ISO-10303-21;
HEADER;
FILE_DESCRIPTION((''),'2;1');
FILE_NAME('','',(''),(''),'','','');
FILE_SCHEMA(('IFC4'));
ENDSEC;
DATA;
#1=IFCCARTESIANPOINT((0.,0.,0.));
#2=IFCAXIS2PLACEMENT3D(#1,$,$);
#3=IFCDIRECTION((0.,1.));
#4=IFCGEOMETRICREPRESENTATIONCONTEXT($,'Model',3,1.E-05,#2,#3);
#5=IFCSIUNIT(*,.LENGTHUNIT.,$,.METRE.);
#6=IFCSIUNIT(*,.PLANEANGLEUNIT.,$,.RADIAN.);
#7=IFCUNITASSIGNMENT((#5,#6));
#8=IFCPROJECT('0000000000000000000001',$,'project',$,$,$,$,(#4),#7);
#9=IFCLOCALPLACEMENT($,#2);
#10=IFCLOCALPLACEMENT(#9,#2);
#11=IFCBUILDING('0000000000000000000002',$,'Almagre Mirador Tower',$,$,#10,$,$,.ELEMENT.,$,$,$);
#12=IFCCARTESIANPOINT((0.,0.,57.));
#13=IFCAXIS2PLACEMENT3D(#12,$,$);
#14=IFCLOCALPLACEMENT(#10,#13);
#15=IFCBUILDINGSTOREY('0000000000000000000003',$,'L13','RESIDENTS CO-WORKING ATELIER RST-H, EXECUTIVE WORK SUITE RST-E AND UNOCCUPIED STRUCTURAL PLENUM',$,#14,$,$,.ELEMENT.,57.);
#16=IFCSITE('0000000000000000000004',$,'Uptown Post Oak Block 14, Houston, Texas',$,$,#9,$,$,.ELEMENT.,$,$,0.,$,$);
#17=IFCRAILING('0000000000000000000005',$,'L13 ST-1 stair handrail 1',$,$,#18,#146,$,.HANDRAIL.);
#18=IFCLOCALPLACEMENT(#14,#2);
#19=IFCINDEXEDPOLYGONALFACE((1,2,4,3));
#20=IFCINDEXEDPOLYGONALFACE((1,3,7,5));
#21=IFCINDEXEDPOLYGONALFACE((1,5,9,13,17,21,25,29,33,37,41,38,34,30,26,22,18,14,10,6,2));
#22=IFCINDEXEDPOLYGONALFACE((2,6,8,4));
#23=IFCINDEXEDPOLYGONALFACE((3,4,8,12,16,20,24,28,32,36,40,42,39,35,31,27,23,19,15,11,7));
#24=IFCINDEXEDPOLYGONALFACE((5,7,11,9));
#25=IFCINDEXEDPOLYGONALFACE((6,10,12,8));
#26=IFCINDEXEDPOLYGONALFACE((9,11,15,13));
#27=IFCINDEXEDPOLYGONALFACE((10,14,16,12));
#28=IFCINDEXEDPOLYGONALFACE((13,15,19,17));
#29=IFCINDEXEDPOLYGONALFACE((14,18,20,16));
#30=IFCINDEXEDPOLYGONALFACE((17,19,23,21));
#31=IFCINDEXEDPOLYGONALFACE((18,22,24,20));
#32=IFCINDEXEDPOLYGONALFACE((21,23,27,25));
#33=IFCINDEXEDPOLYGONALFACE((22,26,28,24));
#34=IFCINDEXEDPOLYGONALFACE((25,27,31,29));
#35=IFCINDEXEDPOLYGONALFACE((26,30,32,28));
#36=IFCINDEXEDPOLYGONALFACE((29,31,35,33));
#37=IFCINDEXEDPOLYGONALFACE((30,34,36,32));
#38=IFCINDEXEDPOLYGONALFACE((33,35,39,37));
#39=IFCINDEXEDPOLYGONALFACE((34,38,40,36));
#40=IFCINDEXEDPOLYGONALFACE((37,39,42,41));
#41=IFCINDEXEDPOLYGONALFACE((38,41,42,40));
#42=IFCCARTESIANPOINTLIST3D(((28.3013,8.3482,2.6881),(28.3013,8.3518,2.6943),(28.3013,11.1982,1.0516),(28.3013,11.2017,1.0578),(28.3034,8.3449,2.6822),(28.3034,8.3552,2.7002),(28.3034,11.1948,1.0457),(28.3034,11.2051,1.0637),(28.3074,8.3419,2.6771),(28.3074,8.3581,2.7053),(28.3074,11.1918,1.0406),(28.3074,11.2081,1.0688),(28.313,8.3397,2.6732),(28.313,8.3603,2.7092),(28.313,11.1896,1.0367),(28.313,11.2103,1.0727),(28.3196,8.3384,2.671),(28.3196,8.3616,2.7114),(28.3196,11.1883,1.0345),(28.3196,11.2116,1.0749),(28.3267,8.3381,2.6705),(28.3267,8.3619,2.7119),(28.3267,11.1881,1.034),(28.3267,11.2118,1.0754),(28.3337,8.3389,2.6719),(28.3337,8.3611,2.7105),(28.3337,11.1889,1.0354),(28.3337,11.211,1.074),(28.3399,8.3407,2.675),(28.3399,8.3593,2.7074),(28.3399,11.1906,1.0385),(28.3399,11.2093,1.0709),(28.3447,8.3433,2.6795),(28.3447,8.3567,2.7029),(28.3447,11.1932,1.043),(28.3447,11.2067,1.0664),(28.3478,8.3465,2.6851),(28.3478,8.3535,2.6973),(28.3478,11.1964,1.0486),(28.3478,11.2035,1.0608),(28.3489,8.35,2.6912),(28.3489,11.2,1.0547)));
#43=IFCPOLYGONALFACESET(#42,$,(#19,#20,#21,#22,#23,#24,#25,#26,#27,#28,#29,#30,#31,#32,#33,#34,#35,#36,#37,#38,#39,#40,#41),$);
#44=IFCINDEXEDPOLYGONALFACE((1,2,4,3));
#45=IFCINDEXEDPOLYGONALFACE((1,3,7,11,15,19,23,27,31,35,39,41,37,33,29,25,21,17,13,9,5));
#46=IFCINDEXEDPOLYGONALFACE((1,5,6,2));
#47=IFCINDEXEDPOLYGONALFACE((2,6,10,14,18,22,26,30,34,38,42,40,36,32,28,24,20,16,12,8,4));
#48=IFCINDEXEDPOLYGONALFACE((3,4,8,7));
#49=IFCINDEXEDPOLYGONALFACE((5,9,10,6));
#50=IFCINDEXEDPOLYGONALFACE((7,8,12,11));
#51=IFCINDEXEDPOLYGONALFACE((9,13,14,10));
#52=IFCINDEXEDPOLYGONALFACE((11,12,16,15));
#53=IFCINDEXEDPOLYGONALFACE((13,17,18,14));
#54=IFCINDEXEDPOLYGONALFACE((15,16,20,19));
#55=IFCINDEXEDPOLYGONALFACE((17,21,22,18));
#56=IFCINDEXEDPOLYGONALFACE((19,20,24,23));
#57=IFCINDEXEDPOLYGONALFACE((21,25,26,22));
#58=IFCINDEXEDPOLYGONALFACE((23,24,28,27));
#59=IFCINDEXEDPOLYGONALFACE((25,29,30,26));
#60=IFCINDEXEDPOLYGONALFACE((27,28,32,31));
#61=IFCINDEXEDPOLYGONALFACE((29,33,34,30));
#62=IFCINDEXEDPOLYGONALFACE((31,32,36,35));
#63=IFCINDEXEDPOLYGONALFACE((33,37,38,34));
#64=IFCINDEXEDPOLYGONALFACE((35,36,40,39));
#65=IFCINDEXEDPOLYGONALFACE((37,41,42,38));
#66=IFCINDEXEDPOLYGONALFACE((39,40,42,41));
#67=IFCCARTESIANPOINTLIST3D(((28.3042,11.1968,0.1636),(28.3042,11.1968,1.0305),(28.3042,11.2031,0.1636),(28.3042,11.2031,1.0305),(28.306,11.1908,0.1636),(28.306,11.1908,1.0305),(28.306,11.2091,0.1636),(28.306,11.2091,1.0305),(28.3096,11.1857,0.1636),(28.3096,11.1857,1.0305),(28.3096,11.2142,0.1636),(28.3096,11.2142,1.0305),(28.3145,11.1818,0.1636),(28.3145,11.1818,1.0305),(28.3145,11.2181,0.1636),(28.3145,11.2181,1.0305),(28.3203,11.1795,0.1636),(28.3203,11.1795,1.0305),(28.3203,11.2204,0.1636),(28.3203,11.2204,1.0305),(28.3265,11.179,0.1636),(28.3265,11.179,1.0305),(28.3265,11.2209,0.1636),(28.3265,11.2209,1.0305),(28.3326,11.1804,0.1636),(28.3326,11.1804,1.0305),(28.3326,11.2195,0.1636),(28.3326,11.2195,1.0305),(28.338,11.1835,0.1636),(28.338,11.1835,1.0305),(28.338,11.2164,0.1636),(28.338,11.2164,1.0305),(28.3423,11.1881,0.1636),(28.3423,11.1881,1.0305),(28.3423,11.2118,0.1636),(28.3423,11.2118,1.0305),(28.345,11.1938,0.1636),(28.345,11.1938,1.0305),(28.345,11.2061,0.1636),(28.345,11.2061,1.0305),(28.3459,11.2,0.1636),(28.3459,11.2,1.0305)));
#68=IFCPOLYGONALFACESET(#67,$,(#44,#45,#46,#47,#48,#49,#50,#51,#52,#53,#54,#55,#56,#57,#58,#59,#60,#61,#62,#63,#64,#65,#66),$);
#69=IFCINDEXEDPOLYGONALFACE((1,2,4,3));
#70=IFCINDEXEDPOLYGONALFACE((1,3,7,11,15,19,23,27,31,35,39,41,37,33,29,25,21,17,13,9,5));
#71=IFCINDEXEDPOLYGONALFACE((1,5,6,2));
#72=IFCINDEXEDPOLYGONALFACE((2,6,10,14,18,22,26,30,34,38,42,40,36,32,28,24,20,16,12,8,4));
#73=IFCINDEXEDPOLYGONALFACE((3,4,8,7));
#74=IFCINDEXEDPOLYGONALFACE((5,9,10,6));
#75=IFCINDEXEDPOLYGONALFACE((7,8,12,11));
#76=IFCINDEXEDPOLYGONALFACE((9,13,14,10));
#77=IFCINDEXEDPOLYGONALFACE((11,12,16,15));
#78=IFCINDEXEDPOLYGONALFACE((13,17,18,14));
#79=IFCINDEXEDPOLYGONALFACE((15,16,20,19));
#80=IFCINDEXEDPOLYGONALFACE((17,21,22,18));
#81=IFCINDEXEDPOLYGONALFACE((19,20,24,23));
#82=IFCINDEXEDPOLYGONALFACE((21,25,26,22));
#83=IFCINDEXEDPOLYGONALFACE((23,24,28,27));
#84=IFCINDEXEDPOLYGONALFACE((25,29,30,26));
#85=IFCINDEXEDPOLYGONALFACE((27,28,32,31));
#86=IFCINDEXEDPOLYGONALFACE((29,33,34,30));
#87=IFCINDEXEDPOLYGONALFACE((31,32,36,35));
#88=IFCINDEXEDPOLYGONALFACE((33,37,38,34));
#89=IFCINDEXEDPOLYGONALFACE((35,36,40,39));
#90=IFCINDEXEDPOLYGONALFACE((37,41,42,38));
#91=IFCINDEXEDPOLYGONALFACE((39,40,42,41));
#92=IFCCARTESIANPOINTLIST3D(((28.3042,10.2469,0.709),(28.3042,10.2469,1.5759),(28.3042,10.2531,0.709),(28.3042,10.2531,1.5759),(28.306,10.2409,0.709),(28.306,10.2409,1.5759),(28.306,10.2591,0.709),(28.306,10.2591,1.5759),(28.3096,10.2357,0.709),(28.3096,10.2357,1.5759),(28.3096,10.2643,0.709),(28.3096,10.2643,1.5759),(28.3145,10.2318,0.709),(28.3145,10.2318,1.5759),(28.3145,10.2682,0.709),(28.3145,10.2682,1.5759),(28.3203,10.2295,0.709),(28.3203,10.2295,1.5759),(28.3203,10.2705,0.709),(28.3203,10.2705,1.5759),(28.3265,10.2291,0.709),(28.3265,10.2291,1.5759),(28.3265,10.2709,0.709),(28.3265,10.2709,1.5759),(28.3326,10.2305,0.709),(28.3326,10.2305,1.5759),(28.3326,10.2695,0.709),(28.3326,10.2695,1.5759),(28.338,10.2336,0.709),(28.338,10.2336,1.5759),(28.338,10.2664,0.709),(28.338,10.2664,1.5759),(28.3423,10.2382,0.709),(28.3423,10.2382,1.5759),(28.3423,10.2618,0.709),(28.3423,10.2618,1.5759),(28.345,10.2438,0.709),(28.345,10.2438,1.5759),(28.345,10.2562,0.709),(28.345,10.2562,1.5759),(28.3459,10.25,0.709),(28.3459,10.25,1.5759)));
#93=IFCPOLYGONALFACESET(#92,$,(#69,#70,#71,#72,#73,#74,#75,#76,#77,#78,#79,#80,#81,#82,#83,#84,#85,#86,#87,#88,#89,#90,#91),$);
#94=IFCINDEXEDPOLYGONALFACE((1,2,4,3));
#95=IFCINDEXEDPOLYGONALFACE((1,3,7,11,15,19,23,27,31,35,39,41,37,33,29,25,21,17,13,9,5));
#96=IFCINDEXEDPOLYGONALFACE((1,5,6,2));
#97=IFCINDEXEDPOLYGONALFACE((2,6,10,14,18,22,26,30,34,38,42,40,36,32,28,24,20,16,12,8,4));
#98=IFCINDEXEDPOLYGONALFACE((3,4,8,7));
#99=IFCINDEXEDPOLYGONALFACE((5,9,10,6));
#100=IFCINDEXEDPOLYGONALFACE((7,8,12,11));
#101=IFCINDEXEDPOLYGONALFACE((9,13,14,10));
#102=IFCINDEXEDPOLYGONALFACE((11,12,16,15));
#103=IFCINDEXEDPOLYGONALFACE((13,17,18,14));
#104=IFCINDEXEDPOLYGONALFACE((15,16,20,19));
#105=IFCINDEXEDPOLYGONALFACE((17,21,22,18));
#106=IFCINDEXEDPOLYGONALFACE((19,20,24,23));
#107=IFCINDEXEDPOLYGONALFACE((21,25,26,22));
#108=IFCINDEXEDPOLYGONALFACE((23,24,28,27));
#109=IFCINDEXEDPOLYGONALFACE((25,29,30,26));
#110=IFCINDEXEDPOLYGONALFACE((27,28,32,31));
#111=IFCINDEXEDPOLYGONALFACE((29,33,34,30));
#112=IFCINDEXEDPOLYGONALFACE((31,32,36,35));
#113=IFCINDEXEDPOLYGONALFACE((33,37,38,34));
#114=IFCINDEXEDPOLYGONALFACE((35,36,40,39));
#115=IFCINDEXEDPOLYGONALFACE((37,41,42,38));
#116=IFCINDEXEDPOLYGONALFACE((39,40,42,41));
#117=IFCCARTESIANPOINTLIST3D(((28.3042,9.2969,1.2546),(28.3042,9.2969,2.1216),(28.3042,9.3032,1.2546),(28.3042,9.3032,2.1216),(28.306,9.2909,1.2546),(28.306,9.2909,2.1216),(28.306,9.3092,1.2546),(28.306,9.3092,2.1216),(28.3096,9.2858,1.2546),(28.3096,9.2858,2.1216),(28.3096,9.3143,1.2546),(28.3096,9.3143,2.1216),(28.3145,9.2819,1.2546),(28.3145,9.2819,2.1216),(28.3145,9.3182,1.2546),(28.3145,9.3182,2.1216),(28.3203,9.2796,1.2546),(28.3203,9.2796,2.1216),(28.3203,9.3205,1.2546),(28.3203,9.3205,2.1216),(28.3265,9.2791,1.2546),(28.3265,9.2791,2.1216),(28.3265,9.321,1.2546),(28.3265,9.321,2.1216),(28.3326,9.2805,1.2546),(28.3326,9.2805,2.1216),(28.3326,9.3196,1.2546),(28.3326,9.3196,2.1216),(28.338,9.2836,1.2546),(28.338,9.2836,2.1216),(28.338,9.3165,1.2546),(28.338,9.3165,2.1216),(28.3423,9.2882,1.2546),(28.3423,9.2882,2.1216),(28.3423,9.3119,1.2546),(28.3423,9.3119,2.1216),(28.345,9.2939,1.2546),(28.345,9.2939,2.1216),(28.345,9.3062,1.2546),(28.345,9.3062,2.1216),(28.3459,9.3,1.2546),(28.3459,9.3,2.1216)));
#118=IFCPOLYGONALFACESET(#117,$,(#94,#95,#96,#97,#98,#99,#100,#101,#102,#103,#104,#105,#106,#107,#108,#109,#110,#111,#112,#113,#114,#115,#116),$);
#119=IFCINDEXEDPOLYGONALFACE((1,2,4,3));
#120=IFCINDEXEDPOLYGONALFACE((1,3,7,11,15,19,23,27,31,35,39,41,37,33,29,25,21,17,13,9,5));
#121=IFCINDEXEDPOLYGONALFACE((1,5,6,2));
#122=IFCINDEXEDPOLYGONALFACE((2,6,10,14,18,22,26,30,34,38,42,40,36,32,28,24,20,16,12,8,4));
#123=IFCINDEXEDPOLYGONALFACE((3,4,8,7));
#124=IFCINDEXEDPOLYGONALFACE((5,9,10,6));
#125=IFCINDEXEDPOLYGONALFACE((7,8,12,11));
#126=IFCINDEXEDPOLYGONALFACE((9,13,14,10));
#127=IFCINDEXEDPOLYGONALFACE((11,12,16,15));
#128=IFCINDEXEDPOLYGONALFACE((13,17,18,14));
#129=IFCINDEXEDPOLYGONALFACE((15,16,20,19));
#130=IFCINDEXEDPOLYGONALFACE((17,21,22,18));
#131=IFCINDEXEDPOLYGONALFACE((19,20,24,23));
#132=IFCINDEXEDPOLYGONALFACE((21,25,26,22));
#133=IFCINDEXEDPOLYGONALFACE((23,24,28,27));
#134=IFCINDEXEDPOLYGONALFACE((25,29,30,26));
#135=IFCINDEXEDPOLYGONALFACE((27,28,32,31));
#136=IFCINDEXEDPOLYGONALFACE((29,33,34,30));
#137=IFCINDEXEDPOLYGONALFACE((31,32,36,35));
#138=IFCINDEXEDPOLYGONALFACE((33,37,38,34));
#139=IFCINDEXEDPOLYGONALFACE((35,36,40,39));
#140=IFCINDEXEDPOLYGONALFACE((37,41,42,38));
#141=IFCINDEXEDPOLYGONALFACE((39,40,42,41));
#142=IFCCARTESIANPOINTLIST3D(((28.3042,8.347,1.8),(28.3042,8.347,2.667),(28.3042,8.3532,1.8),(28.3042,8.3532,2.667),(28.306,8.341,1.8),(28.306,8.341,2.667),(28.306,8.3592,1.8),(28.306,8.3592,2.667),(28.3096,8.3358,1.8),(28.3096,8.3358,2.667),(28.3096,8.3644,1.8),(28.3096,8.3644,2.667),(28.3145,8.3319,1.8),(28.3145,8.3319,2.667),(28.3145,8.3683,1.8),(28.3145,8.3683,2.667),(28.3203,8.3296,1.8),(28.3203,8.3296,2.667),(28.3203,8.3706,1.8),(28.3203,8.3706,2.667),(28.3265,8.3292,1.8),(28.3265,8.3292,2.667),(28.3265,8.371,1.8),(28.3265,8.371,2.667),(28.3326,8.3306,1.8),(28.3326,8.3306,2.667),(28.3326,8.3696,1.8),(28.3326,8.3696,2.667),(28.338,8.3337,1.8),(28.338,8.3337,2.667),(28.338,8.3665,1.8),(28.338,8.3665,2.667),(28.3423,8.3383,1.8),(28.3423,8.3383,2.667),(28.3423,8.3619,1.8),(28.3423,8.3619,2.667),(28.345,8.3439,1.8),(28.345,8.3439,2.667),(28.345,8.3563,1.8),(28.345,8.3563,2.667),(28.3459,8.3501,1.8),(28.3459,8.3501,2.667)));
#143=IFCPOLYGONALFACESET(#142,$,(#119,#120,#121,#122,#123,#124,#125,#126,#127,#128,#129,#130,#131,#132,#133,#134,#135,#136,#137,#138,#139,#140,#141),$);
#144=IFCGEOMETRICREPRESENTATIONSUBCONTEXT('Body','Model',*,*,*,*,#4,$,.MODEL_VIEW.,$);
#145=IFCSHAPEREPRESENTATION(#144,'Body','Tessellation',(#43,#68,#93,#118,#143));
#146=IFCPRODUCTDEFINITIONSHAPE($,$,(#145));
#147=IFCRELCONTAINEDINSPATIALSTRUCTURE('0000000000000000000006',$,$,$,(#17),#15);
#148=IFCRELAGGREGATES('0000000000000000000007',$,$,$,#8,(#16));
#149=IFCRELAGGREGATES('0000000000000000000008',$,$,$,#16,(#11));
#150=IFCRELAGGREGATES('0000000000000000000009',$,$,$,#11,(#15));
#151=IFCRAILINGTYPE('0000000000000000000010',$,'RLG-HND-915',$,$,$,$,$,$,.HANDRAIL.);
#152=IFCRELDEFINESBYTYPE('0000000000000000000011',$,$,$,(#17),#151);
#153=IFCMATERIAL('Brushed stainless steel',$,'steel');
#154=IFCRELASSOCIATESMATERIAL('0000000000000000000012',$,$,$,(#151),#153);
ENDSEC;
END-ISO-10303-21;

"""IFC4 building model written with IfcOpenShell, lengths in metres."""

from ifc_helpers import new_model, si_unit, direction, frame, origin, origin_2d, place, context, subcontext, project, spatial, circle, extrude, material, type_object, element, save


model = new_model("IFC4")

# Units and contexts
model_context = context("Model", 3, precision=1e-05, world=origin(), true_north=direction((0.0, 1.0)))
body_context = subcontext(model_context, "Body", "Model", "MODEL_VIEW")
ifc_project = project(units=[si_unit("LENGTHUNIT", "METRE"), si_unit("PLANEANGLEUNIT", "RADIAN")], contexts=[model_context])

# Site, building, storey
site_placement = place(None, origin())
site = spatial("IfcSite", under=ifc_project, at=site_placement, Name="Uptown Post Oak Block 14, Houston, Texas", CompositionType="ELEMENT", RefElevation=0.0)
building_placement = place(site_placement, origin())
building = spatial("IfcBuilding", under=site, at=building_placement, Name="Almagre Mirador Tower", CompositionType="ELEMENT")
storey_placement = place(building_placement, frame((0.0, 0.0, 57.0)))
storey = spatial("IfcBuildingStorey", under=building, at=storey_placement, Name="L13", Description="RESIDENTS CO-WORKING ATELIER RST-H, EXECUTIVE WORK SUITE RST-E AND UNOCCUPIED STRUCTURAL PLENUM", CompositionType="ELEMENT", Elevation=57.0)

# Railing
ifc_material_1 = material(Name="Brushed stainless steel", Category="steel")
railing_type_1 = type_object("IfcRailingType", Name="RLG-HND-915", PredefinedType="HANDRAIL", material=ifc_material_1)
railing_1_placement = place(storey_placement, frame((28.325, 11.2, 0.1636)))
element("IfcRailing", 1, at=railing_1_placement, inside=storey, type_object=railing_type_1, Name="L13 ST-1 stair handrail 1", PredefinedType="HANDRAIL", context=body_context, shape_type="SweptSolid", body=[
    extrude(circle(Radius=0.0239, at=origin_2d()), frame((0.0, 0.0, 0.8911), z_axis=(0.0, -0.867194, 0.49797), x_axis=(1.0, 0.0, 0.0)), (0.0, 0.0, 1.0), 3.2864),
    extrude(circle(Radius=0.021, at=origin_2d()), origin(), (0.0, 0.0, 1.0), 0.8669),
    extrude(circle(Radius=0.021, at=origin_2d()), frame((0.0, -0.95, 0.5454)), (0.0, 0.0, 1.0), 0.8669),
    extrude(circle(Radius=0.021, at=origin_2d()), frame((0.0, -1.8999, 1.0911)), (0.0, 0.0, 1.0), 0.8669),
    extrude(circle(Radius=0.021, at=origin_2d()), frame((0.0, -2.8499, 1.6365)), (0.0, 0.0, 1.0), 0.8669),
])

save(model, "model.ifc")
